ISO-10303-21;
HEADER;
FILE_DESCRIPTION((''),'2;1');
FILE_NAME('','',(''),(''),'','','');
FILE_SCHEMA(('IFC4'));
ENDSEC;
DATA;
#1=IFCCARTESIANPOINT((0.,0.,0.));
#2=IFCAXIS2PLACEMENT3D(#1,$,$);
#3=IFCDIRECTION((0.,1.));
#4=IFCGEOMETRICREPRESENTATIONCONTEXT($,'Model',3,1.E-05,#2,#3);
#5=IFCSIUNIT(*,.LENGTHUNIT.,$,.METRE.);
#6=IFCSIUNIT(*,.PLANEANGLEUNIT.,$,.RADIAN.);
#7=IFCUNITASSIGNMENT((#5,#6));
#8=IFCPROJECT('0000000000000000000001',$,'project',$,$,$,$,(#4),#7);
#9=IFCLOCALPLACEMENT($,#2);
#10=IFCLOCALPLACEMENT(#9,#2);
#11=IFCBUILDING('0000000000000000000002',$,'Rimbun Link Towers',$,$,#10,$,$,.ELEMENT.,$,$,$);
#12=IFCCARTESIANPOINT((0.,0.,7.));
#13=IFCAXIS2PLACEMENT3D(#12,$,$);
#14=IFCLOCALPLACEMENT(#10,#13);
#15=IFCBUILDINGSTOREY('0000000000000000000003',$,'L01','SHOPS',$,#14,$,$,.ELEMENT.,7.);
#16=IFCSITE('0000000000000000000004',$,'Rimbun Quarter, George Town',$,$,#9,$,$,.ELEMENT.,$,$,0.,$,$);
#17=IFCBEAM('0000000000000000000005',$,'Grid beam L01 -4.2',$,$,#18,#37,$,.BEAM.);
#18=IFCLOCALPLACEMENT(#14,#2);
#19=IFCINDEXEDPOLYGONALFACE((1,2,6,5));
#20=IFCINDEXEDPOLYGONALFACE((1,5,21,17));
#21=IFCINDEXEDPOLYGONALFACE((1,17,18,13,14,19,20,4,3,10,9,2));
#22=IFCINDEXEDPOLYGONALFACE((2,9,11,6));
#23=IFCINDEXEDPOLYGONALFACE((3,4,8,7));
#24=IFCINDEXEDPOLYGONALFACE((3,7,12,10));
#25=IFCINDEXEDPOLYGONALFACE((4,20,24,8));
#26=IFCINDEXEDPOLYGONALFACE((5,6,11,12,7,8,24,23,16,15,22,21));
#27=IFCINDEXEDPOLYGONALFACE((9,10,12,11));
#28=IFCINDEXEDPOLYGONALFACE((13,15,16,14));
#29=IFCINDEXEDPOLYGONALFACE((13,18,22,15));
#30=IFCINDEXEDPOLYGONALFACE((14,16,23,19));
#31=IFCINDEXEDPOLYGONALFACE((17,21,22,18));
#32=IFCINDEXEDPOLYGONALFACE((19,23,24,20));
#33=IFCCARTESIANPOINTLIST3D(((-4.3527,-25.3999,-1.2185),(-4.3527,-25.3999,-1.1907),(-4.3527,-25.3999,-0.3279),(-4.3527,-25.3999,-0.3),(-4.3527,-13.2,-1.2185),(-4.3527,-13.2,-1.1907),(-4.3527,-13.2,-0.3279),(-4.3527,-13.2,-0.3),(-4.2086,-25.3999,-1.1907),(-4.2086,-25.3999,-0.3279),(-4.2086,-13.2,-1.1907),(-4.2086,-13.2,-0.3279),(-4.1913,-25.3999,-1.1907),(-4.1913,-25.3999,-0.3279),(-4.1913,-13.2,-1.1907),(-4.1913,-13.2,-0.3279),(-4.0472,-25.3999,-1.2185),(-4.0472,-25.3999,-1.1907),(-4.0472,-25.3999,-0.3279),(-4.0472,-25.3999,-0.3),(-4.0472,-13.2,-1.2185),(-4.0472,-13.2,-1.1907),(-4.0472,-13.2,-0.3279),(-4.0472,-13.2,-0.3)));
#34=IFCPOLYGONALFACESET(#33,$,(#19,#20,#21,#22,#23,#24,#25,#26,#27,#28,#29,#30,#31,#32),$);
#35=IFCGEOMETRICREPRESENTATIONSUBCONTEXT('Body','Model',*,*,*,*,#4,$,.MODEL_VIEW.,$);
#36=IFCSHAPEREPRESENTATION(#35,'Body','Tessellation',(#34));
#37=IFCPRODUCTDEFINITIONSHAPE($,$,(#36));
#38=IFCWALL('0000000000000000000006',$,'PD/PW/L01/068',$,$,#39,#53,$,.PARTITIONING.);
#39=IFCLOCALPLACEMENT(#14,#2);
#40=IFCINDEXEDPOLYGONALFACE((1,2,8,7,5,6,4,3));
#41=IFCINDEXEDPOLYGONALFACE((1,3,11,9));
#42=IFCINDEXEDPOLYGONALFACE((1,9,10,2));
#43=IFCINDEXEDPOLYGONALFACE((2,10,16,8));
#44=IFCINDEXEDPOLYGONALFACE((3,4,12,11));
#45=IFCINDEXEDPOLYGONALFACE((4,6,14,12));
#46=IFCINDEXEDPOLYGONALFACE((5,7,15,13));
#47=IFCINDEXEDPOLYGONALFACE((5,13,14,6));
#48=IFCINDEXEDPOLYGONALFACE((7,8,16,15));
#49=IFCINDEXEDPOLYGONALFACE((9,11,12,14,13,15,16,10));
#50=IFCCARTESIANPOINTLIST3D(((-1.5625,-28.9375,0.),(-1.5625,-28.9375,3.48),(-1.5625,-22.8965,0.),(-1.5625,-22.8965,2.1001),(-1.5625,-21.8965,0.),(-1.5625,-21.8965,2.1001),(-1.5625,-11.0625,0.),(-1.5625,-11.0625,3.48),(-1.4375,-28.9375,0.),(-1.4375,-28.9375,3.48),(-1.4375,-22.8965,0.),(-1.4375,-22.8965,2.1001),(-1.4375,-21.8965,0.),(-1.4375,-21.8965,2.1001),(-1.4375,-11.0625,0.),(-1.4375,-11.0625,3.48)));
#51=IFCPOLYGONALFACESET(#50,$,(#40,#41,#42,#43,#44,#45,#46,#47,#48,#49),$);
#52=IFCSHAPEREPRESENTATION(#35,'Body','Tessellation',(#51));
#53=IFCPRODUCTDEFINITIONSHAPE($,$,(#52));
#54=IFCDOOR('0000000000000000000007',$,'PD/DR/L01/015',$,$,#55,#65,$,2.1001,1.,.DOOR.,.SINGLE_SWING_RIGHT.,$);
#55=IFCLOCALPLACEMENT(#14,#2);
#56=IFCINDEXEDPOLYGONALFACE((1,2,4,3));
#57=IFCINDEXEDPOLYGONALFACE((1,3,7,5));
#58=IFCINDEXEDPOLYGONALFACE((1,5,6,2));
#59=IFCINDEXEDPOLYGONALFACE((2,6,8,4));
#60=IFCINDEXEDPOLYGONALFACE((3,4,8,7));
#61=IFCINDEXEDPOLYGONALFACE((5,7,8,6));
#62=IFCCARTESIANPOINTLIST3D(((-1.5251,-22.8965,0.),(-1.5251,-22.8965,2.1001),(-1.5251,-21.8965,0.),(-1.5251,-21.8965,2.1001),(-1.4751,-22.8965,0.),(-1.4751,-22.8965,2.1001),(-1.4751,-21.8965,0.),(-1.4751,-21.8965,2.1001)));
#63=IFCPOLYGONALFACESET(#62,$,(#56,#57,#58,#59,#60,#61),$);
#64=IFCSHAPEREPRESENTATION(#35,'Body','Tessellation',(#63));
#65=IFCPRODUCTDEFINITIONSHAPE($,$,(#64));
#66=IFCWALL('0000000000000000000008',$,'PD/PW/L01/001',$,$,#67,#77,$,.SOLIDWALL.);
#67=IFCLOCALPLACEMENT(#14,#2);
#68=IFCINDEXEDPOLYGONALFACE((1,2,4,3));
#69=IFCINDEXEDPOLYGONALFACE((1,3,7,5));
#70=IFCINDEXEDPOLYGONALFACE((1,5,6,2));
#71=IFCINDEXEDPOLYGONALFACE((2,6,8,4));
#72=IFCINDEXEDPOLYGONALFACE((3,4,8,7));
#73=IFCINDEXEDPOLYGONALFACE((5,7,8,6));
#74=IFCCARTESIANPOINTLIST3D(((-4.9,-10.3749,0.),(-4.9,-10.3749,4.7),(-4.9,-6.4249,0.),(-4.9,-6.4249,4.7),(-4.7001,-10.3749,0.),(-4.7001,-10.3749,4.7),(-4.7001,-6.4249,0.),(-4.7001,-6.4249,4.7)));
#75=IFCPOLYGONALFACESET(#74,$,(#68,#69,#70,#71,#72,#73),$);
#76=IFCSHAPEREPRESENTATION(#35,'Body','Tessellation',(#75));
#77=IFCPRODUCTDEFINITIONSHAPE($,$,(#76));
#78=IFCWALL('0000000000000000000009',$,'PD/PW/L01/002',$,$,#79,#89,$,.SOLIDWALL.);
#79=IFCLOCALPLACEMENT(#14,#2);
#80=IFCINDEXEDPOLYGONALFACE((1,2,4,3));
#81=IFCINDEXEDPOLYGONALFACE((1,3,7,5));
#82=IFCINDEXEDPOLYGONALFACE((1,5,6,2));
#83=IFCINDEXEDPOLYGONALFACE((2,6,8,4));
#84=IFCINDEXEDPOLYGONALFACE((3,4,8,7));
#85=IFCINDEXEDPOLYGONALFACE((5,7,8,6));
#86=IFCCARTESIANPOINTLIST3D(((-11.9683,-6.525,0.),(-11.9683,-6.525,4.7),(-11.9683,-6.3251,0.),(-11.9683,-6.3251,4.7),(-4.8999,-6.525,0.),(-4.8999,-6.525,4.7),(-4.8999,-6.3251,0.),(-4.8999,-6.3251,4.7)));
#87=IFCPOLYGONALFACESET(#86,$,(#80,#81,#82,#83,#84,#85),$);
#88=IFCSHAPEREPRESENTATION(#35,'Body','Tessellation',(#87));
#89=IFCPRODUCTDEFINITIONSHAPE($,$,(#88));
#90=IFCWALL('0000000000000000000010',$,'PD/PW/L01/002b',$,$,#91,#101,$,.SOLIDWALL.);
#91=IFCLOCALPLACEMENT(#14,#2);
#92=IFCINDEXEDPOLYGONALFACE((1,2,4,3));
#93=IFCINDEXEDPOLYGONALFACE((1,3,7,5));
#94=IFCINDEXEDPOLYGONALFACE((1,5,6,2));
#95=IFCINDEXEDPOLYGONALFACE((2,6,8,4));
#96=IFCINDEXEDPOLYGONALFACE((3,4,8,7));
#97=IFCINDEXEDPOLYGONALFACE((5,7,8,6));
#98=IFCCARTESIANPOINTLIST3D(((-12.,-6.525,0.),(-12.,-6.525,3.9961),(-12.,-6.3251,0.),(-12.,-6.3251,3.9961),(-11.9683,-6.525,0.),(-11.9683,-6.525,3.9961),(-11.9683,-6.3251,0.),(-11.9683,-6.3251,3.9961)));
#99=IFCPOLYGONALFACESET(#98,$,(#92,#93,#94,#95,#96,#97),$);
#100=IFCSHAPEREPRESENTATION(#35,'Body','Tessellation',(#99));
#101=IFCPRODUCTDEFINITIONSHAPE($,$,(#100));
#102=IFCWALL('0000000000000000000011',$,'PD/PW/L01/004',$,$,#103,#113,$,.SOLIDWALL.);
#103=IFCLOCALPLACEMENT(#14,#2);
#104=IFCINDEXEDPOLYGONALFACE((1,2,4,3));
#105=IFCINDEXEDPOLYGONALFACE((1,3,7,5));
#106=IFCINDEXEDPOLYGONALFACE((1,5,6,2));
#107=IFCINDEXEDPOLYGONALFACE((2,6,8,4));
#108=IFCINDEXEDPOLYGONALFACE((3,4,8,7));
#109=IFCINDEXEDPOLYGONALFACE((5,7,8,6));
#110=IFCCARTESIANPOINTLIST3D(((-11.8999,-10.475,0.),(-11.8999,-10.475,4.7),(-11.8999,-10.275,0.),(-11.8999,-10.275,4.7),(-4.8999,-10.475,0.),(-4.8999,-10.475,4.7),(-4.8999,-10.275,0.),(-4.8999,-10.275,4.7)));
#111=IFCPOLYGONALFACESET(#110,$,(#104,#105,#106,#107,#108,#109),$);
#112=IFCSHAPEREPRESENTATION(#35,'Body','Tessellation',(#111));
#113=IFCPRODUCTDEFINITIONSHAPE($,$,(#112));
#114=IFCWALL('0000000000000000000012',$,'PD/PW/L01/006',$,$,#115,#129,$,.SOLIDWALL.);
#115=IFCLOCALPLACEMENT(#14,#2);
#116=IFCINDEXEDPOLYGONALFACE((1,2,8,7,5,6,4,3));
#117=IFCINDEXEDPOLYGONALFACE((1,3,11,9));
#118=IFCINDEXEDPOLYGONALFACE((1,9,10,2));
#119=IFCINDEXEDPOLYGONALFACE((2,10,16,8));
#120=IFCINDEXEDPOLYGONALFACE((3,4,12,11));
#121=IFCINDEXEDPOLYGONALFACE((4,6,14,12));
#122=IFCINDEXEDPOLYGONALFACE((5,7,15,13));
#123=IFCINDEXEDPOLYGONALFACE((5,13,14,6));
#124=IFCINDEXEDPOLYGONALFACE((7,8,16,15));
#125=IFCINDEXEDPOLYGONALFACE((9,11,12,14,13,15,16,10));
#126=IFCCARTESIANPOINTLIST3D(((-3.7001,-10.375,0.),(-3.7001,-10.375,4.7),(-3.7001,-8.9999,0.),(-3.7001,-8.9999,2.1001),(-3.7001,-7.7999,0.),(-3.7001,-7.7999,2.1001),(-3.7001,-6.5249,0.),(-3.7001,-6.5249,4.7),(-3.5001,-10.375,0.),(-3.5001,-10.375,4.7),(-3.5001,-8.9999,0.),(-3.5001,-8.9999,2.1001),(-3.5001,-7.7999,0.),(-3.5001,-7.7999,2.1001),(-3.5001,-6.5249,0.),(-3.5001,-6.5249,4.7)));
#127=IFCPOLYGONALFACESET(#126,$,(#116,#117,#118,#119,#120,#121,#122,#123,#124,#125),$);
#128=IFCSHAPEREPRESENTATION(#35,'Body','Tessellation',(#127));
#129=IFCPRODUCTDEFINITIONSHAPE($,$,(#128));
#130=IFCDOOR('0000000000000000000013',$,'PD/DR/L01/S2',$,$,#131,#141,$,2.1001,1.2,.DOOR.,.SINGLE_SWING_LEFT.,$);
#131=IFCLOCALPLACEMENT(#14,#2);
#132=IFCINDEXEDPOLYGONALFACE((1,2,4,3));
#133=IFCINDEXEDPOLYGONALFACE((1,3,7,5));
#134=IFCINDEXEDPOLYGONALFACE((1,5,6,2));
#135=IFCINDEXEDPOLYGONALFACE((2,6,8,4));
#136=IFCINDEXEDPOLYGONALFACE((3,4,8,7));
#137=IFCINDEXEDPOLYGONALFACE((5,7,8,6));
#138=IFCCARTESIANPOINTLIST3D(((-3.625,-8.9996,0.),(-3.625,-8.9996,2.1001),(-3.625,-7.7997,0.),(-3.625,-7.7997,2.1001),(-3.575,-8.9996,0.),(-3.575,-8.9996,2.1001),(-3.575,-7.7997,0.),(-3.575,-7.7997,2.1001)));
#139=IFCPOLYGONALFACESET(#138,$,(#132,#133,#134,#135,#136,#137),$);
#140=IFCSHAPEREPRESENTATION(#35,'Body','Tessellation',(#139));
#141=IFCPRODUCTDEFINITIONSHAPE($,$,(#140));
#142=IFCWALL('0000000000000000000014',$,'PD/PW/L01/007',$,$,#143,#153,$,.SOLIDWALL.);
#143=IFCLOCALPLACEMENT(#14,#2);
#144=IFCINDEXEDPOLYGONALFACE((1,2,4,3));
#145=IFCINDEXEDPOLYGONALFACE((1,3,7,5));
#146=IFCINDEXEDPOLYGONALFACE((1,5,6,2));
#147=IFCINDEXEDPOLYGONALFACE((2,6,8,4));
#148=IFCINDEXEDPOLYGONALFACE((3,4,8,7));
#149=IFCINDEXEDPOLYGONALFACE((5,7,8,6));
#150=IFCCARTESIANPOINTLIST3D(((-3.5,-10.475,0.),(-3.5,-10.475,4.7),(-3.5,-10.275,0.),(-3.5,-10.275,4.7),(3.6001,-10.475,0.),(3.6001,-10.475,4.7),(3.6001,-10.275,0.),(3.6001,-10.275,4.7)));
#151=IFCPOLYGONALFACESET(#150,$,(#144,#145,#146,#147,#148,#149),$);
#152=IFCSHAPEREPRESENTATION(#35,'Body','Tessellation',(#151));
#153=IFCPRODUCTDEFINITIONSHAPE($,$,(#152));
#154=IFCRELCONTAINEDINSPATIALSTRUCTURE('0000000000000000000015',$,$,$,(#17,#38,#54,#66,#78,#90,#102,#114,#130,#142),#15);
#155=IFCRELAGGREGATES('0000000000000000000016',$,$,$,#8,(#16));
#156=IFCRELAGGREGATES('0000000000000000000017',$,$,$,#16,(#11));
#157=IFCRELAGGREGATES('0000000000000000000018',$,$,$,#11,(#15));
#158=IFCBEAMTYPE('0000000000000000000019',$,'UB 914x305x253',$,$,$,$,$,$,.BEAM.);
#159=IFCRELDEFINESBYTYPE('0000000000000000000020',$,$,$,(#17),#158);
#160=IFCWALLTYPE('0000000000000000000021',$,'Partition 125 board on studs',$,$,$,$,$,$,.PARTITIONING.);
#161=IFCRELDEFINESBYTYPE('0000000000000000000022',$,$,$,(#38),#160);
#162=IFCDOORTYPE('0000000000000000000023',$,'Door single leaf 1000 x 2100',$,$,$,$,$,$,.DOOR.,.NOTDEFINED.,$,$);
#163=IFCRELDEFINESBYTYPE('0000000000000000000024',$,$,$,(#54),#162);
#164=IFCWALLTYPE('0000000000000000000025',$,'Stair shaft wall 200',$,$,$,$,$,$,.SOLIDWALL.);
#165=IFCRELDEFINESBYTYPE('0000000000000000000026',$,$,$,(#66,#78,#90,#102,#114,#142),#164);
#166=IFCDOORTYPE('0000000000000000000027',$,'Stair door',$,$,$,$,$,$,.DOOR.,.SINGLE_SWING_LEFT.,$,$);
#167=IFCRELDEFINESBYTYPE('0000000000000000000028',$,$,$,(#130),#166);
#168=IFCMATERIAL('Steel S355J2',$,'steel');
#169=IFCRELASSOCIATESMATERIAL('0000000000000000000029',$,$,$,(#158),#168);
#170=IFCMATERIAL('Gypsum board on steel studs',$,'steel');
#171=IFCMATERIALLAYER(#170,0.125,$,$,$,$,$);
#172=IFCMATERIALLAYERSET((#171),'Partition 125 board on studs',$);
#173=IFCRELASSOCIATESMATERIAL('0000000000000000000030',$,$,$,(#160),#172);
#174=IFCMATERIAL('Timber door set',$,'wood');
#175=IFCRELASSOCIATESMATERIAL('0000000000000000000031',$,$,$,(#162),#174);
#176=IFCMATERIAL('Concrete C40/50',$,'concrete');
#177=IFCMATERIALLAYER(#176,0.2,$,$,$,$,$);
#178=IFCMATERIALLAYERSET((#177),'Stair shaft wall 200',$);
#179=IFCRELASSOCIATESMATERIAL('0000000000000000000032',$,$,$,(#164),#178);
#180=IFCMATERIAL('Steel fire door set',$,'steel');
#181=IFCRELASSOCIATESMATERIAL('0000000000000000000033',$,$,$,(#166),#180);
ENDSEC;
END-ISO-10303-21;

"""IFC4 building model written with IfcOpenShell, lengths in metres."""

from ifc_helpers import new_model, si_unit, direction, frame, frame_2d, origin, origin_2d, place, context, subcontext, project, spatial, rectangle, i_section, extrude, material, layer, layer_set, material_profile, profile_set, type_object, element, fill, save


model = new_model("IFC4")

# Units and contexts
model_context = context("Model", 3, precision=1e-05, world=origin(), true_north=direction((0.0, 1.0)))
body_context = subcontext(model_context, "Body", "Model", "MODEL_VIEW")
ifc_project = project(units=[si_unit("LENGTHUNIT", "METRE"), si_unit("PLANEANGLEUNIT", "RADIAN")], contexts=[model_context])

# Site, building, storey
site_placement = place(None, origin())
site = spatial("IfcSite", under=ifc_project, at=site_placement, Name="Rimbun Quarter, George Town", CompositionType="ELEMENT", RefElevation=0.0)
building_placement = place(site_placement, origin())
building = spatial("IfcBuilding", under=site, at=building_placement, Name="Rimbun Link Towers", CompositionType="ELEMENT")
storey_placement = place(building_placement, frame((0.0, 0.0, 7.0)))
storey = spatial("IfcBuildingStorey", under=building, at=storey_placement, Name="L01", Description="SHOPS", CompositionType="ELEMENT", Elevation=7.0)

# Beam
ifc_material_1 = material(Name="Steel S355J2", Category="steel")
ifc_material_profile_1 = material_profile(ifc_material_1, i_section(OverallWidth=0.3054, OverallDepth=0.9185, WebThickness=0.0173, FlangeThickness=0.0278, at=origin_2d()), Name="UB 914x305x253")
ifc_profile_set_1 = profile_set([ifc_material_profile_1], Name="Steel S355J2")
beam_type_1 = type_object("IfcBeamType", Name="UB 914x305x253", PredefinedType="BEAM", material=ifc_profile_set_1)
beam_1_placement = place(storey_placement, frame((-4.2, -25.3999, -0.7593), z_axis=(0.0, 1.0, 0.0), x_axis=(-1.0, 0.0, 0.0)))
element("IfcBeam", 1, at=beam_1_placement, inside=storey, type_object=beam_type_1, Name="Grid beam L01 -4.2", PredefinedType="BEAM", context=body_context, shape_type="SweptSolid", body=[
    extrude(i_section(OverallWidth=0.3054, OverallDepth=0.9185, WebThickness=0.0173, FlangeThickness=0.0278, at=origin_2d()), origin(), (0.0, 0.0, 1.0), 12.2),
])

# Wall, opening, door
ifc_material_2 = material(Name="Gypsum board on steel studs", Category="steel")
ifc_layer_1 = layer(ifc_material_2, 0.125)
ifc_layer_set_1 = layer_set([ifc_layer_1], Name="Partition 125 board on studs")
wall_type_1 = type_object("IfcWallType", Name="Partition 125 board on studs", PredefinedType="PARTITIONING", material=ifc_layer_set_1)
wall_1_placement = place(storey_placement, frame((-1.5, -11.0625, 0.0), z_axis=(0.0, 0.0, 1.0), x_axis=(0.0, -1.0, 0.0)))
wall_1 = element("IfcWall", 2, at=wall_1_placement, inside=storey, type_object=wall_type_1, Name="PD/PW/L01/068", PredefinedType="PARTITIONING", context=body_context, shape_type="SweptSolid", body=[
    extrude(rectangle(XDim=17.875, YDim=0.125, at=frame_2d((8.9375, 0.0))), origin(), (0.0, 0.0, 1.0), 3.48),
])
opening_1_placement = place(wall_1_placement, frame((10.834, 0.0, 0.0)))
opening_1 = element("IfcOpeningElement", 3, at=opening_1_placement, cuts=wall_1, PredefinedType="OPENING", context=body_context, shape_type="SweptSolid", body=[
    extrude(rectangle(XDim=1.0, YDim=2.1001, at=frame_2d((0.5, 1.05))), frame((0.0, 0.0725, 0.0), z_axis=(0.0, -1.0, 0.0), x_axis=(1.0, 0.0, 0.0)), (0.0, 0.0, 1.0), 0.145),
])
ifc_material_3 = material(Name="Timber door set", Category="wood")
door_type_1 = type_object("IfcDoorType", Name="Door single leaf 1000 x 2100", OperationType="NOTDEFINED", PredefinedType="DOOR", material=ifc_material_3)
door_1_placement = place(opening_1_placement, origin())
door_1 = element("IfcDoor", 4, at=door_1_placement, inside=storey, type_object=door_type_1, Name="PD/DR/L01/015", OperationType="SINGLE_SWING_RIGHT", OverallHeight=2.1001, OverallWidth=1.0, PredefinedType="DOOR", context=body_context, shape_type="SweptSolid", body=[
    extrude(rectangle(XDim=1.0, YDim=2.1001, at=frame_2d((0.5, 1.05))), frame((0.0, 0.0249, 0.0), z_axis=(0.0, -1.0, 0.0), x_axis=(1.0, 0.0, 0.0)), (0.0, 0.0, 1.0), 0.05),
])
fill(opening_1, door_1)

# Walls
ifc_material_4 = material(Name="Concrete C40/50", Category="concrete")
ifc_layer_2 = layer(ifc_material_4, 0.2)
ifc_layer_set_2 = layer_set([ifc_layer_2], Name="Stair shaft wall 200")
wall_type_2 = type_object("IfcWallType", Name="Stair shaft wall 200", PredefinedType="SOLIDWALL", material=ifc_layer_set_2)
wall_2_placement = place(storey_placement, frame((-4.8, -10.375, 0.0), z_axis=(0.0, 0.0, 1.0), x_axis=(0.0, 1.0, 0.0)))
element("IfcWall", 5, at=wall_2_placement, inside=storey, type_object=wall_type_2, Name="PD/PW/L01/001", PredefinedType="SOLIDWALL", context=body_context, shape_type="SweptSolid", body=[
    extrude(rectangle(XDim=3.95, YDim=0.2, at=frame_2d((1.9751, 0.0))), origin(), (0.0, 0.0, 1.0), 4.7),
])
wall_3_placement = place(storey_placement, frame((-4.8999, -6.425, 0.0), z_axis=(0.0, 0.0, 1.0), x_axis=(-1.0, 0.0, 0.0)))
element("IfcWall", 6, at=wall_3_placement, inside=storey, type_object=wall_type_2, Name="PD/PW/L01/002", PredefinedType="SOLIDWALL", context=body_context, shape_type="SweptSolid", body=[
    extrude(rectangle(XDim=7.0684, YDim=0.2, at=frame_2d((3.5342, 0.0))), origin(), (0.0, 0.0, 1.0), 4.7),
])
wall_4_placement = place(storey_placement, frame((-11.9683, -6.425, 0.0), z_axis=(0.0, 0.0, 1.0), x_axis=(-1.0, 0.0, 0.0)))
element("IfcWall", 7, at=wall_4_placement, inside=storey, type_object=wall_type_2, Name="PD/PW/L01/002b", PredefinedType="SOLIDWALL", context=body_context, shape_type="SweptSolid", body=[
    extrude(rectangle(XDim=0.0317, YDim=0.2, at=frame_2d((0.0159, 0.0))), origin(), (0.0, 0.0, 1.0), 3.9961),
])
wall_5_placement = place(storey_placement, frame((-11.8999, -10.375, 0.0), z_axis=(0.0, 0.0, 1.0), x_axis=(1.0, 0.0, 0.0)))
element("IfcWall", 8, at=wall_5_placement, inside=storey, type_object=wall_type_2, Name="PD/PW/L01/004", PredefinedType="SOLIDWALL", context=body_context, shape_type="SweptSolid", body=[
    extrude(rectangle(XDim=7.0, YDim=0.2, at=frame_2d((3.5, 0.0))), origin(), (0.0, 0.0, 1.0), 4.7),
])

# Wall, opening, door
wall_6_placement = place(storey_placement, frame((-3.6001, -6.5249, 0.0), z_axis=(0.0, 0.0, 1.0), x_axis=(0.0, -1.0, 0.0)))
wall_6 = element("IfcWall", 9, at=wall_6_placement, inside=storey, type_object=wall_type_2, Name="PD/PW/L01/006", PredefinedType="SOLIDWALL", context=body_context, shape_type="SweptSolid", body=[
    extrude(rectangle(XDim=3.8501, YDim=0.2, at=frame_2d((1.925, 0.0))), origin(), (0.0, 0.0, 1.0), 4.7),
])
opening_2_placement = place(wall_6_placement, frame((1.2749, 0.0, 0.0)))
opening_2 = element("IfcOpeningElement", 10, at=opening_2_placement, cuts=wall_6, PredefinedType="OPENING", context=body_context, shape_type="SweptSolid", body=[
    extrude(rectangle(XDim=1.2, YDim=2.1001, at=frame_2d((0.6001, 1.05))), frame((0.0, 0.1099, 0.0), z_axis=(0.0, -1.0, 0.0), x_axis=(1.0, 0.0, 0.0)), (0.0, 0.0, 1.0), 0.22),
])
ifc_material_5 = material(Name="Steel fire door set", Category="steel")
door_type_2 = type_object("IfcDoorType", Name="Stair door", OperationType="SINGLE_SWING_LEFT", PredefinedType="DOOR", material=ifc_material_5)
door_2_placement = place(opening_2_placement, frame((1.2, 0.0, 0.0), z_axis=(0.0, 0.0, 1.0), x_axis=(-1.0, 0.0, 0.0)))
door_2 = element("IfcDoor", 11, at=door_2_placement, inside=storey, type_object=door_type_2, Name="PD/DR/L01/S2", OperationType="SINGLE_SWING_LEFT", OverallHeight=2.1001, OverallWidth=1.2, PredefinedType="DOOR", context=body_context, shape_type="SweptSolid", body=[
    extrude(rectangle(XDim=1.2, YDim=2.1001, at=frame_2d((0.6001, 1.05))), frame((0.0, 0.0249, 0.0), z_axis=(0.0, -1.0, 0.0), x_axis=(1.0, 0.0, 0.0)), (0.0, 0.0, 1.0), 0.05),
])
fill(opening_2, door_2)

# Wall
wall_7_placement = place(storey_placement, frame((-3.5, -10.375, 0.0), z_axis=(0.0, 0.0, 1.0), x_axis=(1.0, 0.0, 0.0)))
element("IfcWall", 12, at=wall_7_placement, inside=storey, type_object=wall_type_2, Name="PD/PW/L01/007", PredefinedType="SOLIDWALL", context=body_context, shape_type="SweptSolid", body=[
    extrude(rectangle(XDim=7.1001, YDim=0.2, at=frame_2d((3.55, 0.0))), origin(), (0.0, 0.0, 1.0), 4.7),
])

save(model, "model.ifc")
